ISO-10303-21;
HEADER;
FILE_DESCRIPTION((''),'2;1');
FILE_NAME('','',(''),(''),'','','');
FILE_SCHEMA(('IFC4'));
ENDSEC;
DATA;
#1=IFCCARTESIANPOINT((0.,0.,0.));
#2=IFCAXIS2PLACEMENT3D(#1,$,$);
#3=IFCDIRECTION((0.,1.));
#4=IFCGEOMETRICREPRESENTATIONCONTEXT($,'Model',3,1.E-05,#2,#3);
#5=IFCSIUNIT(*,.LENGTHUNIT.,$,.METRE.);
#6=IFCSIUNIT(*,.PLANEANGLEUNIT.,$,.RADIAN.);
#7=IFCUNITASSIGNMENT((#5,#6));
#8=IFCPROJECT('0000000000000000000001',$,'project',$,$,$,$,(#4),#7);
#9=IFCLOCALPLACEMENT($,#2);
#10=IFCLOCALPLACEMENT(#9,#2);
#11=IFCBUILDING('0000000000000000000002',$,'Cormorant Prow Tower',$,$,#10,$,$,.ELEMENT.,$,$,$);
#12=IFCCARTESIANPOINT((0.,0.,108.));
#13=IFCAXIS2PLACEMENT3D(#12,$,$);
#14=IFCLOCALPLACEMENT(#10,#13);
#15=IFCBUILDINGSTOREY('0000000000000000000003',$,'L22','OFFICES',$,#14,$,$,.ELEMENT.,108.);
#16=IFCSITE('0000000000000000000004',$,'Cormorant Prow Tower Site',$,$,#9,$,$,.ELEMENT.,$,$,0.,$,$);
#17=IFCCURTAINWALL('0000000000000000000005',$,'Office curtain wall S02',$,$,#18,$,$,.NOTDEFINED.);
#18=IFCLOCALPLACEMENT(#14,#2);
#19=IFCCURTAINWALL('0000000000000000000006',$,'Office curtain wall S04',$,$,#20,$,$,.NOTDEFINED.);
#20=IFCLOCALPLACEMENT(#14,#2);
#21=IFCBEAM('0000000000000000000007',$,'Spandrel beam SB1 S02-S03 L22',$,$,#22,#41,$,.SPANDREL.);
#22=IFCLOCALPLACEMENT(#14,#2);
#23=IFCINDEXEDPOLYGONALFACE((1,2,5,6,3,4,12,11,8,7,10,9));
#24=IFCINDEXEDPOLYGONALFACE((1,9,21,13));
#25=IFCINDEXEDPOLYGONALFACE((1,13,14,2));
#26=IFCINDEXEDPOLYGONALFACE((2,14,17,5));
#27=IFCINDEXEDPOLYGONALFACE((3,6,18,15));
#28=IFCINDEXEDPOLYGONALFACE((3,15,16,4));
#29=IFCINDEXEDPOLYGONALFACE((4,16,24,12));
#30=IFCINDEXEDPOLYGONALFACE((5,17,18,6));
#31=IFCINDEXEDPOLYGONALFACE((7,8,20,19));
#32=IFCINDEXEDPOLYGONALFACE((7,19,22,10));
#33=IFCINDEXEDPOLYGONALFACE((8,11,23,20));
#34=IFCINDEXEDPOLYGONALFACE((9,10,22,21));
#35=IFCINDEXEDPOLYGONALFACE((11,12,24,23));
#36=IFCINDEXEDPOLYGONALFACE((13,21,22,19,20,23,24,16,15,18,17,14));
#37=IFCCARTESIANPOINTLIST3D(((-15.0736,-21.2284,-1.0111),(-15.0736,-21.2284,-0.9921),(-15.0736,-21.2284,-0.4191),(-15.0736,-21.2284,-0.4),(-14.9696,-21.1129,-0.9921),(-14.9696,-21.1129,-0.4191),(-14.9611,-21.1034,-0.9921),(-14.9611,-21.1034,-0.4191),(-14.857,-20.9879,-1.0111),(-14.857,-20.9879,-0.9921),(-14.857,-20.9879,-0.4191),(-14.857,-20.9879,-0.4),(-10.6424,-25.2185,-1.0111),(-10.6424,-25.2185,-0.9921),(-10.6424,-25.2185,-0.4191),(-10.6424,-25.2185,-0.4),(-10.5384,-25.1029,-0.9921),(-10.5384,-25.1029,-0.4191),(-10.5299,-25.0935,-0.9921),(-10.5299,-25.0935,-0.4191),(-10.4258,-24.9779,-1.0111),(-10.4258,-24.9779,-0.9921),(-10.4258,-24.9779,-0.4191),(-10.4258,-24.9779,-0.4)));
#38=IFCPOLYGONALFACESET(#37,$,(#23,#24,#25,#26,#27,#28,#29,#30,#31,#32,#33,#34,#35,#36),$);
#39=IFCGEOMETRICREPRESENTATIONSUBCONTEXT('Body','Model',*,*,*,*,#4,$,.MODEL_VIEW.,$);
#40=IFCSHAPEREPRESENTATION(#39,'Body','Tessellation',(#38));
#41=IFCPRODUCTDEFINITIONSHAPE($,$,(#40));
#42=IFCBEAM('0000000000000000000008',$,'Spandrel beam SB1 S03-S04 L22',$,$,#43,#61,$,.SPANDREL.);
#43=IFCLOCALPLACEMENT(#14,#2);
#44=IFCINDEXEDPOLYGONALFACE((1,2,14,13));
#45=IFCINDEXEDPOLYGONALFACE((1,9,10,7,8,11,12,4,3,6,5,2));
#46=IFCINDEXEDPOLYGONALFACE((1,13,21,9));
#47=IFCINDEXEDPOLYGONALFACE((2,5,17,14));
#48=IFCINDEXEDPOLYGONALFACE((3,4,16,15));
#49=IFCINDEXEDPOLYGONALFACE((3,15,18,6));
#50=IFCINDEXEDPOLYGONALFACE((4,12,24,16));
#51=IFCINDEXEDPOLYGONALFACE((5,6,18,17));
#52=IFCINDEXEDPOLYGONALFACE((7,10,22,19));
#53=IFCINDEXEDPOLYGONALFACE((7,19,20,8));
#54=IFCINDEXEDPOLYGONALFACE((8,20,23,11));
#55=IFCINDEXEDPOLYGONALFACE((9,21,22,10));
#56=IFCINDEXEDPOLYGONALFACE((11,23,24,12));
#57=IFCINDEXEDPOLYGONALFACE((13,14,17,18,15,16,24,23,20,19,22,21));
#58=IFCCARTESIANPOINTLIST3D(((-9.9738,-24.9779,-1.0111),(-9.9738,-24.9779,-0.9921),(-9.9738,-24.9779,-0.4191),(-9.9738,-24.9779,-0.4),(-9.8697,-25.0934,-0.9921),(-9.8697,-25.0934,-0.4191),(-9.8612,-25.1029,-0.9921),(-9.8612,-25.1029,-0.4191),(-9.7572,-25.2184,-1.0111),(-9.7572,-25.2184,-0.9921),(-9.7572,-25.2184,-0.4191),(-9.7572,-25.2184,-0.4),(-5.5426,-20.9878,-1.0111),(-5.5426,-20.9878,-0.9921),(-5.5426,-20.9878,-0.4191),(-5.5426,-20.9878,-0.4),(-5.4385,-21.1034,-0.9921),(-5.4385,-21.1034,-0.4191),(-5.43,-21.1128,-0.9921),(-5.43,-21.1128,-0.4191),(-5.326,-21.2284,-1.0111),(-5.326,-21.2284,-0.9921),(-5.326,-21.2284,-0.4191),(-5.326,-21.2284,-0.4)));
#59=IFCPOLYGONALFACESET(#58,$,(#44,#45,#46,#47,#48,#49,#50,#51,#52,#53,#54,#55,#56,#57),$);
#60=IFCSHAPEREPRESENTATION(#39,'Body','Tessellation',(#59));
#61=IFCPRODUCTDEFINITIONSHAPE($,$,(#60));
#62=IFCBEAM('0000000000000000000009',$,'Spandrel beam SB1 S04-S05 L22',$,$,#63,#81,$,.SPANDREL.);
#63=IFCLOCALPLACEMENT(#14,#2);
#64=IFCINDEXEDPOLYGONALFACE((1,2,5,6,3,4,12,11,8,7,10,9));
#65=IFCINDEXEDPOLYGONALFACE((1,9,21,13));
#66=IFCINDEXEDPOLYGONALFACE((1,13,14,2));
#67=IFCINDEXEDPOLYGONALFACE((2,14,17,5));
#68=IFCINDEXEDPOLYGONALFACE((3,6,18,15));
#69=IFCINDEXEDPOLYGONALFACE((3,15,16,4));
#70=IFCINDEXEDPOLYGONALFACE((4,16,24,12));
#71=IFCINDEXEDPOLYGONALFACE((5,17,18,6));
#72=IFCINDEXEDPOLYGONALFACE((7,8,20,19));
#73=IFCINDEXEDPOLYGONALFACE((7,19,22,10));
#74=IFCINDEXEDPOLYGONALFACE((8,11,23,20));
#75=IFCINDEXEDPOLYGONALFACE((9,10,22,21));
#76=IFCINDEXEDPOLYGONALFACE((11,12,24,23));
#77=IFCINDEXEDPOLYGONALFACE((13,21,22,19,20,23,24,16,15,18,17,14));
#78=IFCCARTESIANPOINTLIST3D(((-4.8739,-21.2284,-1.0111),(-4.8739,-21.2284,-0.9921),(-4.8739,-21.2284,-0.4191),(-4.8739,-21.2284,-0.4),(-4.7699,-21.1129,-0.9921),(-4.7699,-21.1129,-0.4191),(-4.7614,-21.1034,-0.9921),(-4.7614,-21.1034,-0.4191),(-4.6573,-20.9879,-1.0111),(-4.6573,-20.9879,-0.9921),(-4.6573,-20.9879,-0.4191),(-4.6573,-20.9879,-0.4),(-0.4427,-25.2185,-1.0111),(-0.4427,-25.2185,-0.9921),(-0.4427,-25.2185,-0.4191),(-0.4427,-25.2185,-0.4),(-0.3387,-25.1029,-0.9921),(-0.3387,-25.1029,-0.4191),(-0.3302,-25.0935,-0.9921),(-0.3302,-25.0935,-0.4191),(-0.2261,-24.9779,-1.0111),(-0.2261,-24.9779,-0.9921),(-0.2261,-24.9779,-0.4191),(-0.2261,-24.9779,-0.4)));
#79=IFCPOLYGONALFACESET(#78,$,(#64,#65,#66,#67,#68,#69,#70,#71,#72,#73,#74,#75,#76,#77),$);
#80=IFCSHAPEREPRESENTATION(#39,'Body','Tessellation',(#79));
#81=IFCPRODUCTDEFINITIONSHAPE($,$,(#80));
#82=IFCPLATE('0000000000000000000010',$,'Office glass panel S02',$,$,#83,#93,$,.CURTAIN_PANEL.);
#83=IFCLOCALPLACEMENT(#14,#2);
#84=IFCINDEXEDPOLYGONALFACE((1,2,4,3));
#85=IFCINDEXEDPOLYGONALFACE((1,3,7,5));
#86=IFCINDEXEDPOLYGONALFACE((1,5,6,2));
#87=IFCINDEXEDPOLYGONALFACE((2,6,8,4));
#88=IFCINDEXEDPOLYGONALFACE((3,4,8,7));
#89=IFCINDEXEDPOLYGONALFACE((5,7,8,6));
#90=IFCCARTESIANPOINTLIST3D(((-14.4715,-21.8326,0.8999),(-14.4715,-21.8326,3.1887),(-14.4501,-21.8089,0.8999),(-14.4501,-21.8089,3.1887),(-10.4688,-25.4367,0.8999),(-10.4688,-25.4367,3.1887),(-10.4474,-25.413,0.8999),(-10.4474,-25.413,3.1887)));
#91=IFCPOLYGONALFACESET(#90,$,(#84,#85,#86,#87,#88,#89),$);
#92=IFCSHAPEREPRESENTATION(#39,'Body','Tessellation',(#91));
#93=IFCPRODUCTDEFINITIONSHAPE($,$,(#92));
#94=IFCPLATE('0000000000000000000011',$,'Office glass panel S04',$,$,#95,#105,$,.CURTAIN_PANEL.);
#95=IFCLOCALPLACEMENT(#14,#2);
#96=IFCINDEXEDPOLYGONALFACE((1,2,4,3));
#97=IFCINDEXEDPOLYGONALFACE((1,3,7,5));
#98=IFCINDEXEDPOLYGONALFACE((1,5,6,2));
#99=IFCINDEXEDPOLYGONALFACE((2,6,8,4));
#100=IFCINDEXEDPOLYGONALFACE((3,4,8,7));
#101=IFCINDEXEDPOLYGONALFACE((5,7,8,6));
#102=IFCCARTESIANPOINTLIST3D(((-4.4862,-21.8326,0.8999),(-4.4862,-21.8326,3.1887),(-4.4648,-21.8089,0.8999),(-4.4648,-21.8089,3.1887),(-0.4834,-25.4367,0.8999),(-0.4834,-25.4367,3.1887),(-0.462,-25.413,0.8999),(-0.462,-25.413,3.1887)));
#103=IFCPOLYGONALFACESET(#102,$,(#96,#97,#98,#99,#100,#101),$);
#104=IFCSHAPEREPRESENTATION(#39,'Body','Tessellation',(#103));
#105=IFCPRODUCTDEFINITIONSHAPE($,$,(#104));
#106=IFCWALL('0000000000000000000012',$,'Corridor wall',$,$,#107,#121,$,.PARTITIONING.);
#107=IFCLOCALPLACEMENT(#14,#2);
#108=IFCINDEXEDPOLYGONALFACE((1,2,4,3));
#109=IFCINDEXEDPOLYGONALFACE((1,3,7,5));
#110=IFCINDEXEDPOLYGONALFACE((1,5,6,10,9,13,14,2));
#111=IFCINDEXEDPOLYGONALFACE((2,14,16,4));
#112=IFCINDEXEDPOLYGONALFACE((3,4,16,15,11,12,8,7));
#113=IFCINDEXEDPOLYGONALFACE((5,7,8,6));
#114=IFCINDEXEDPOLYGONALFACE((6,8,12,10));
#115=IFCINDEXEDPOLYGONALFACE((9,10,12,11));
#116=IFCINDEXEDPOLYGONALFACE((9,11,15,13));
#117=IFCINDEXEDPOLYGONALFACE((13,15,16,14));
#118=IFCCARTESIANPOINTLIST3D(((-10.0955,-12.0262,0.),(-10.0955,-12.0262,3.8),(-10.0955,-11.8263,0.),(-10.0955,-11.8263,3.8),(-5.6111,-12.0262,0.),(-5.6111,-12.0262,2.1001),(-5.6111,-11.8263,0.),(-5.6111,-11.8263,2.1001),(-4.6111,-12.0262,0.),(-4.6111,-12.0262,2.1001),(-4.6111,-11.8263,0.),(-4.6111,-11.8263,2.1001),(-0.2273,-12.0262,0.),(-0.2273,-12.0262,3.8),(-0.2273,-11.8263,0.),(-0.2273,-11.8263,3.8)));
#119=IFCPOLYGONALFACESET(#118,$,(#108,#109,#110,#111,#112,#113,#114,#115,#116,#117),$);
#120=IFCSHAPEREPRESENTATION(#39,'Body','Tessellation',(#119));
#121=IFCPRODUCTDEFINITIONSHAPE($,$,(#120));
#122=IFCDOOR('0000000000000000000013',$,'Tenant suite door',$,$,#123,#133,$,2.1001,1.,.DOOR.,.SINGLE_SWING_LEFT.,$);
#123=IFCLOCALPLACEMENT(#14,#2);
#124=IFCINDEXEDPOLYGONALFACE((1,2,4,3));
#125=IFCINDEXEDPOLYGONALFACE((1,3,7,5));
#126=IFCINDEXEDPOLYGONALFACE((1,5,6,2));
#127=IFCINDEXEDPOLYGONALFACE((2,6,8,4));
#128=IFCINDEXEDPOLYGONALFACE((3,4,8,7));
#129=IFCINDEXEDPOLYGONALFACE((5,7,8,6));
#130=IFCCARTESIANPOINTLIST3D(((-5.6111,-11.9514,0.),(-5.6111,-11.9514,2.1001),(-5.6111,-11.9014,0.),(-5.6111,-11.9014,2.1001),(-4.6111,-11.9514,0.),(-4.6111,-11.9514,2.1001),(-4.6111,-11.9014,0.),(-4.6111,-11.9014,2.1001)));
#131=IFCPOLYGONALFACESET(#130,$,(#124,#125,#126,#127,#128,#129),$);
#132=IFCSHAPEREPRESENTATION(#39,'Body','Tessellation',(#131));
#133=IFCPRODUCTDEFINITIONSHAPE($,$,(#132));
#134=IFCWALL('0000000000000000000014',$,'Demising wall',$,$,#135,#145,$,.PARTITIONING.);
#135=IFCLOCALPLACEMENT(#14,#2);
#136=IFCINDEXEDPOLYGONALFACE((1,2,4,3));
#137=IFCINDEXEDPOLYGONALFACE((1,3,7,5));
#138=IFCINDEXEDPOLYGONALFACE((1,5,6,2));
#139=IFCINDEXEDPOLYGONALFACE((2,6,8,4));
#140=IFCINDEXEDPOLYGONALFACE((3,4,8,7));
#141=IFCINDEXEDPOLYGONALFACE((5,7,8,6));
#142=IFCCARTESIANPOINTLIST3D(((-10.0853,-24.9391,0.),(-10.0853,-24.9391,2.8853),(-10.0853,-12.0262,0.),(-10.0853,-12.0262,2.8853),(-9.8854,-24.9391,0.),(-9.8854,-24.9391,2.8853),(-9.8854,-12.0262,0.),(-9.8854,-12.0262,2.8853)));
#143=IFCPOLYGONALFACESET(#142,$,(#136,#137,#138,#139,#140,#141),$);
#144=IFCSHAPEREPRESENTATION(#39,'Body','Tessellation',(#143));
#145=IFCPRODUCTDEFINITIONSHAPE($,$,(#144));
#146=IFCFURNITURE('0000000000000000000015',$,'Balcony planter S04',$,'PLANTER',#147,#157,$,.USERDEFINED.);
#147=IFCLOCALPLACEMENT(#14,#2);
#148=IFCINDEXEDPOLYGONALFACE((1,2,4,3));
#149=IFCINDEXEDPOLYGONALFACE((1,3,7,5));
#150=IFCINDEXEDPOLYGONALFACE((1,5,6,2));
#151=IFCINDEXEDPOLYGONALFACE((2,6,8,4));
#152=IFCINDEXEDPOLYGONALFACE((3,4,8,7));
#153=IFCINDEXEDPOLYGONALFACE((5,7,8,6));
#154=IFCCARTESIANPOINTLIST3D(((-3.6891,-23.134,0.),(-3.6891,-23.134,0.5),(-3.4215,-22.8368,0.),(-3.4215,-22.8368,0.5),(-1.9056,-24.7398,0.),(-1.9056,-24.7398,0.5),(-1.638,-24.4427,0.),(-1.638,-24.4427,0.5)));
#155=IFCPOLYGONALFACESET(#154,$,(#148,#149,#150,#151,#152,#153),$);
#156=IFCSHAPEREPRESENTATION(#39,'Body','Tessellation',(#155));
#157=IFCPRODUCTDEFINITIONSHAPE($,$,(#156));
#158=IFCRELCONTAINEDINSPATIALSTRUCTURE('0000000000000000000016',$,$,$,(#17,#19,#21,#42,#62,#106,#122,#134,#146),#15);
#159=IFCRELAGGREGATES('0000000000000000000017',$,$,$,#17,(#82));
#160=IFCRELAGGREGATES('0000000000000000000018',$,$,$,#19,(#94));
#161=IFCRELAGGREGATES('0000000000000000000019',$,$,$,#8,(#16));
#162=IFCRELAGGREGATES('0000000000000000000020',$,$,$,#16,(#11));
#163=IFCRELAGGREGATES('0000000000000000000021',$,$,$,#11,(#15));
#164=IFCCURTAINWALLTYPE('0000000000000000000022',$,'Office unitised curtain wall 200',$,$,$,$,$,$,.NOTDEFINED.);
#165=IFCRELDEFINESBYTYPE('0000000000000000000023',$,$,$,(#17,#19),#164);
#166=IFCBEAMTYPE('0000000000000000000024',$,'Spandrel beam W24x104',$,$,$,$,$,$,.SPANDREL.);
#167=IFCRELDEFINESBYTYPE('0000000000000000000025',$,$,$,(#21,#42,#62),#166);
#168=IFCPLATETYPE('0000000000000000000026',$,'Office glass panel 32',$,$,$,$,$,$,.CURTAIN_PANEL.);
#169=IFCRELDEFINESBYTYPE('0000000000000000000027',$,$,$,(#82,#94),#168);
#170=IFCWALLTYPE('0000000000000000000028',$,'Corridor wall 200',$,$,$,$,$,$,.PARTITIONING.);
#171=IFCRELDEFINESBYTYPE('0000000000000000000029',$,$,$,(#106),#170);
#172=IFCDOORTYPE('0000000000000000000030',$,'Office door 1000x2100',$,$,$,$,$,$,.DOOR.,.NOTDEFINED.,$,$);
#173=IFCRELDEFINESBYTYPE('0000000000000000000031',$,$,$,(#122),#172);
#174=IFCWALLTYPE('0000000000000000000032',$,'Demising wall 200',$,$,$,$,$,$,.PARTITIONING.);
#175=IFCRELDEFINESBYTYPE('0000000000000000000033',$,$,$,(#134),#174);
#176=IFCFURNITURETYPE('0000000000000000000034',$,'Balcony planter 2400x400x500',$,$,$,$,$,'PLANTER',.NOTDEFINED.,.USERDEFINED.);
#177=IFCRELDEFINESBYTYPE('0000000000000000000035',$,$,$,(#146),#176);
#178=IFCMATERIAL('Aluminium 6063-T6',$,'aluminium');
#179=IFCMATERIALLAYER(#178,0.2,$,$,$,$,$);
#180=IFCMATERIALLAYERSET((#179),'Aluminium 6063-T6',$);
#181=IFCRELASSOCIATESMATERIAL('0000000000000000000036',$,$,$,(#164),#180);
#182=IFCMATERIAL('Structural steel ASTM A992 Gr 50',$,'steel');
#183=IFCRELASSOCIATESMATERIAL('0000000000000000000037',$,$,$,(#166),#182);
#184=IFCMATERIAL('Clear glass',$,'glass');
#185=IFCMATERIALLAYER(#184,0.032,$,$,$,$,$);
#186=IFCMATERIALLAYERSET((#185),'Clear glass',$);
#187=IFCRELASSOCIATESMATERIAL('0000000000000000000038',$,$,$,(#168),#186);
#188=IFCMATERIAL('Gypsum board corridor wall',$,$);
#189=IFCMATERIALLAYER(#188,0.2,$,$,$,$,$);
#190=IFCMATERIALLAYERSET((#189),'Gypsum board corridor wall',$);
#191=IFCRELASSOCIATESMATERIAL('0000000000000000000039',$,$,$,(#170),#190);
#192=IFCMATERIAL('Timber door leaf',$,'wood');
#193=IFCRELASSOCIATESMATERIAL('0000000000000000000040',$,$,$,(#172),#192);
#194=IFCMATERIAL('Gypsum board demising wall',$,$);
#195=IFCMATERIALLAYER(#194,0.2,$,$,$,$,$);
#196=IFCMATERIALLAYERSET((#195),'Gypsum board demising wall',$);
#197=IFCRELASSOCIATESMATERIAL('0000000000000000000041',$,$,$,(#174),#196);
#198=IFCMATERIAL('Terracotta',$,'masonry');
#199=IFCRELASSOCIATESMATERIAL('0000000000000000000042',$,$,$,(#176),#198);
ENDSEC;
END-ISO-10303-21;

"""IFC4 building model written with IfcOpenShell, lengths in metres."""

from ifc_helpers import new_model, si_unit, direction, frame, frame_2d, origin, origin_2d, place, context, subcontext, project, spatial, rectangle, i_section, extrude, material, layer, layer_set, material_profile, profile_set, type_object, element, fill, aggregate, save


model = new_model("IFC4")

# Units and contexts
model_context = context("Model", 3, precision=1e-05, world=origin(), true_north=direction((0.0, 1.0)))
body_context = subcontext(model_context, "Body", "Model", "MODEL_VIEW")
ifc_project = project(units=[si_unit("LENGTHUNIT", "METRE"), si_unit("PLANEANGLEUNIT", "RADIAN")], contexts=[model_context])

# Site, building, storey
site_placement = place(None, origin())
site = spatial("IfcSite", under=ifc_project, at=site_placement, Name="Cormorant Prow Tower Site", CompositionType="ELEMENT", RefElevation=0.0)
building_placement = place(site_placement, origin())
building = spatial("IfcBuilding", under=site, at=building_placement, Name="Cormorant Prow Tower", CompositionType="ELEMENT")
storey_placement = place(building_placement, frame((0.0, 0.0, 108.0)))
storey = spatial("IfcBuildingStorey", under=building, at=storey_placement, Name="L22", Description="OFFICES", CompositionType="ELEMENT", Elevation=108.0)

# Curtain walls
ifc_material_1 = material(Name="Aluminium 6063-T6", Category="aluminium")
ifc_layer_1 = layer(ifc_material_1, 0.2)
ifc_layer_set_1 = layer_set([ifc_layer_1], Name="Aluminium 6063-T6")
curtain_wall_type = type_object("IfcCurtainWallType", Name="Office unitised curtain wall 200", PredefinedType="NOTDEFINED", material=ifc_layer_set_1)
curtain_wall_1_placement = place(storey_placement, origin())
curtain_wall_1 = element("IfcCurtainWall", 1, at=curtain_wall_1_placement, inside=storey, type_object=curtain_wall_type, Name="Office curtain wall S02", PredefinedType="NOTDEFINED")
curtain_wall_2_placement = place(storey_placement, origin())
curtain_wall_2 = element("IfcCurtainWall", 2, at=curtain_wall_2_placement, inside=storey, type_object=curtain_wall_type, Name="Office curtain wall S04", PredefinedType="NOTDEFINED")

# Beams
ifc_material_2 = material(Name="Structural steel ASTM A992 Gr 50", Category="steel")
ifc_material_profile_1 = material_profile(ifc_material_2, i_section(OverallWidth=0.3237, OverallDepth=0.6111, WebThickness=0.0127, FlangeThickness=0.019, at=origin_2d()), Name="W24x104")
ifc_profile_set_1 = profile_set([ifc_material_profile_1], Name="Structural steel ASTM A992 Gr 50")
beam_type_1 = type_object("IfcBeamType", Name="Spandrel beam W24x104", PredefinedType="SPANDREL", material=ifc_profile_set_1)
for number, where, z_axis, x_axis, name in (
    (3, (-14.9653, -21.1082, -0.7056), (0.743131, -0.669146, 0.0), (0.669146, 0.743131, 0.0), "Spandrel beam SB1 S02-S03 L22"),
    (4, (-9.8655, -25.0981, -0.7056), (0.743131, 0.669146, 0.0), (-0.669146, 0.743131, 0.0), "Spandrel beam SB1 S03-S04 L22"),
    (5, (-4.7656, -21.1082, -0.7056), (0.743131, -0.669146, 0.0), (0.669146, 0.743131, 0.0), "Spandrel beam SB1 S04-S05 L22"),
):
    element("IfcBeam", number, at=place(storey_placement, frame(where, z_axis=z_axis, x_axis=x_axis)), inside=storey, type_object=beam_type_1, Name=name, PredefinedType="SPANDREL", context=body_context, shape_type="SweptSolid", body=[
        extrude(i_section(OverallWidth=0.3237, OverallDepth=0.6111, WebThickness=0.0127, FlangeThickness=0.019, at=origin_2d()), origin(), (0.0, 0.0, 1.0), 5.9629),
    ])

# Plates
ifc_material_3 = material(Name="Clear glass", Category="glass")
ifc_layer_2 = layer(ifc_material_3, 0.032)
ifc_layer_set_2 = layer_set([ifc_layer_2], Name="Clear glass")
plate_type = type_object("IfcPlateType", Name="Office glass panel 32", PredefinedType="CURTAIN_PANEL", material=ifc_layer_set_2)
plate_1_placement = place(storey_placement, frame((-12.4595, -23.6228, 0.8999), z_axis=(0.0, 0.0, 1.0), x_axis=(0.743145, -0.669131, 0.0)))
plate_1 = element("IfcPlate", 6, at=plate_1_placement, type_object=plate_type, Name="Office glass panel S02", PredefinedType="CURTAIN_PANEL", context=body_context, shape_type="SweptSolid", body=[
    extrude(rectangle(XDim=5.3862, YDim=0.032, at=origin_2d()), origin(), (0.0, 0.0, 1.0), 2.2888),
])
aggregate(curtain_wall_1, [plate_1])
plate_2_placement = place(storey_placement, frame((-2.4741, -23.6228, 0.8999), z_axis=(0.0, 0.0, 1.0), x_axis=(0.743145, -0.669131, 0.0)))
plate_2 = element("IfcPlate", 7, at=plate_2_placement, type_object=plate_type, Name="Office glass panel S04", PredefinedType="CURTAIN_PANEL", context=body_context, shape_type="SweptSolid", body=[
    extrude(rectangle(XDim=5.3862, YDim=0.032, at=origin_2d()), origin(), (0.0, 0.0, 1.0), 2.2888),
])
aggregate(curtain_wall_2, [plate_2])

# Wall, opening, door
ifc_material_4 = material(Name="Gypsum board corridor wall")
ifc_layer_3 = layer(ifc_material_4, 0.2)
ifc_layer_set_3 = layer_set([ifc_layer_3], Name="Gypsum board corridor wall")
wall_type_1 = type_object("IfcWallType", Name="Corridor wall 200", PredefinedType="PARTITIONING", material=ifc_layer_set_3)
wall_1_placement = place(storey_placement, frame((-10.0955, -11.9263, 0.0), z_axis=(0.0, 0.0, 1.0), x_axis=(1.0, 0.0, 0.0)))
wall_1 = element("IfcWall", 8, at=wall_1_placement, inside=storey, type_object=wall_type_1, Name="Corridor wall", PredefinedType="PARTITIONING", context=body_context, shape_type="SweptSolid", body=[
    extrude(rectangle(XDim=9.8682, YDim=0.2, at=frame_2d((4.9341, 0.0))), origin(), (0.0, 0.0, 1.0), 3.8),
])
opening_1_placement = place(wall_1_placement, frame((4.4844, 0.0, 0.0)))
opening_1 = element("IfcOpeningElement", 9, at=opening_1_placement, cuts=wall_1, PredefinedType="OPENING", context=body_context, shape_type="SweptSolid", body=[
    extrude(rectangle(XDim=1.0, YDim=2.1001, at=frame_2d((0.5, 1.05))), frame((0.0, 0.1099, 0.0), z_axis=(0.0, -1.0, 0.0), x_axis=(1.0, 0.0, 0.0)), (0.0, 0.0, 1.0), 0.22),
])
ifc_material_5 = material(Name="Timber door leaf", Category="wood")
door_type_1 = type_object("IfcDoorType", Name="Office door 1000x2100", OperationType="NOTDEFINED", PredefinedType="DOOR", material=ifc_material_5)
door_1_placement = place(opening_1_placement, origin())
door_1 = element("IfcDoor", 10, at=door_1_placement, inside=storey, type_object=door_type_1, Name="Tenant suite door", OperationType="SINGLE_SWING_LEFT", OverallHeight=2.1001, OverallWidth=1.0, PredefinedType="DOOR", context=body_context, shape_type="SweptSolid", body=[
    extrude(rectangle(XDim=1.0, YDim=2.1001, at=frame_2d((0.5, 1.05))), frame((0.0, 0.0249, 0.0), z_axis=(0.0, -1.0, 0.0), x_axis=(1.0, 0.0, 0.0)), (0.0, 0.0, 1.0), 0.05),
])
fill(opening_1, door_1)

# Wall
ifc_material_6 = material(Name="Gypsum board demising wall")
ifc_layer_4 = layer(ifc_material_6, 0.2)
ifc_layer_set_4 = layer_set([ifc_layer_4], Name="Gypsum board demising wall")
wall_type_2 = type_object("IfcWallType", Name="Demising wall 200", PredefinedType="PARTITIONING", material=ifc_layer_set_4)
wall_2_placement = place(storey_placement, frame((-9.9854, -24.9392, 0.0), z_axis=(0.0, 0.0, 1.0), x_axis=(0.0, 1.0, 0.0)))
element("IfcWall", 11, at=wall_2_placement, inside=storey, type_object=wall_type_2, Name="Demising wall", PredefinedType="PARTITIONING", context=body_context, shape_type="SweptSolid", body=[
    extrude(rectangle(XDim=12.9128, YDim=0.2, at=frame_2d((6.4565, 0.0))), origin(), (0.0, 0.0, 1.0), 2.8853),
])

# Furniture
ifc_material_7 = material(Name="Terracotta", Category="masonry")
furniture_type = type_object("IfcFurnitureType", Name="Balcony planter 2400x400x500", ElementType="PLANTER", AssemblyPlace="NOTDEFINED", PredefinedType="USERDEFINED", material=ifc_material_7)
furniture_placement = place(storey_placement, frame((-2.6636, -23.7883, 0.0), z_axis=(0.0, 0.0, 1.0), x_axis=(0.743145, -0.669131, 0.0)))
element("IfcFurniture", 12, at=furniture_placement, inside=storey, type_object=furniture_type, Name="Balcony planter S04", ObjectType="PLANTER", PredefinedType="USERDEFINED", context=body_context, shape_type="SweptSolid", body=[
    extrude(rectangle(XDim=2.3999, YDim=0.3999, at=origin_2d()), origin(), (0.0, 0.0, 1.0), 0.5),
])

save(model, "model.ifc")
